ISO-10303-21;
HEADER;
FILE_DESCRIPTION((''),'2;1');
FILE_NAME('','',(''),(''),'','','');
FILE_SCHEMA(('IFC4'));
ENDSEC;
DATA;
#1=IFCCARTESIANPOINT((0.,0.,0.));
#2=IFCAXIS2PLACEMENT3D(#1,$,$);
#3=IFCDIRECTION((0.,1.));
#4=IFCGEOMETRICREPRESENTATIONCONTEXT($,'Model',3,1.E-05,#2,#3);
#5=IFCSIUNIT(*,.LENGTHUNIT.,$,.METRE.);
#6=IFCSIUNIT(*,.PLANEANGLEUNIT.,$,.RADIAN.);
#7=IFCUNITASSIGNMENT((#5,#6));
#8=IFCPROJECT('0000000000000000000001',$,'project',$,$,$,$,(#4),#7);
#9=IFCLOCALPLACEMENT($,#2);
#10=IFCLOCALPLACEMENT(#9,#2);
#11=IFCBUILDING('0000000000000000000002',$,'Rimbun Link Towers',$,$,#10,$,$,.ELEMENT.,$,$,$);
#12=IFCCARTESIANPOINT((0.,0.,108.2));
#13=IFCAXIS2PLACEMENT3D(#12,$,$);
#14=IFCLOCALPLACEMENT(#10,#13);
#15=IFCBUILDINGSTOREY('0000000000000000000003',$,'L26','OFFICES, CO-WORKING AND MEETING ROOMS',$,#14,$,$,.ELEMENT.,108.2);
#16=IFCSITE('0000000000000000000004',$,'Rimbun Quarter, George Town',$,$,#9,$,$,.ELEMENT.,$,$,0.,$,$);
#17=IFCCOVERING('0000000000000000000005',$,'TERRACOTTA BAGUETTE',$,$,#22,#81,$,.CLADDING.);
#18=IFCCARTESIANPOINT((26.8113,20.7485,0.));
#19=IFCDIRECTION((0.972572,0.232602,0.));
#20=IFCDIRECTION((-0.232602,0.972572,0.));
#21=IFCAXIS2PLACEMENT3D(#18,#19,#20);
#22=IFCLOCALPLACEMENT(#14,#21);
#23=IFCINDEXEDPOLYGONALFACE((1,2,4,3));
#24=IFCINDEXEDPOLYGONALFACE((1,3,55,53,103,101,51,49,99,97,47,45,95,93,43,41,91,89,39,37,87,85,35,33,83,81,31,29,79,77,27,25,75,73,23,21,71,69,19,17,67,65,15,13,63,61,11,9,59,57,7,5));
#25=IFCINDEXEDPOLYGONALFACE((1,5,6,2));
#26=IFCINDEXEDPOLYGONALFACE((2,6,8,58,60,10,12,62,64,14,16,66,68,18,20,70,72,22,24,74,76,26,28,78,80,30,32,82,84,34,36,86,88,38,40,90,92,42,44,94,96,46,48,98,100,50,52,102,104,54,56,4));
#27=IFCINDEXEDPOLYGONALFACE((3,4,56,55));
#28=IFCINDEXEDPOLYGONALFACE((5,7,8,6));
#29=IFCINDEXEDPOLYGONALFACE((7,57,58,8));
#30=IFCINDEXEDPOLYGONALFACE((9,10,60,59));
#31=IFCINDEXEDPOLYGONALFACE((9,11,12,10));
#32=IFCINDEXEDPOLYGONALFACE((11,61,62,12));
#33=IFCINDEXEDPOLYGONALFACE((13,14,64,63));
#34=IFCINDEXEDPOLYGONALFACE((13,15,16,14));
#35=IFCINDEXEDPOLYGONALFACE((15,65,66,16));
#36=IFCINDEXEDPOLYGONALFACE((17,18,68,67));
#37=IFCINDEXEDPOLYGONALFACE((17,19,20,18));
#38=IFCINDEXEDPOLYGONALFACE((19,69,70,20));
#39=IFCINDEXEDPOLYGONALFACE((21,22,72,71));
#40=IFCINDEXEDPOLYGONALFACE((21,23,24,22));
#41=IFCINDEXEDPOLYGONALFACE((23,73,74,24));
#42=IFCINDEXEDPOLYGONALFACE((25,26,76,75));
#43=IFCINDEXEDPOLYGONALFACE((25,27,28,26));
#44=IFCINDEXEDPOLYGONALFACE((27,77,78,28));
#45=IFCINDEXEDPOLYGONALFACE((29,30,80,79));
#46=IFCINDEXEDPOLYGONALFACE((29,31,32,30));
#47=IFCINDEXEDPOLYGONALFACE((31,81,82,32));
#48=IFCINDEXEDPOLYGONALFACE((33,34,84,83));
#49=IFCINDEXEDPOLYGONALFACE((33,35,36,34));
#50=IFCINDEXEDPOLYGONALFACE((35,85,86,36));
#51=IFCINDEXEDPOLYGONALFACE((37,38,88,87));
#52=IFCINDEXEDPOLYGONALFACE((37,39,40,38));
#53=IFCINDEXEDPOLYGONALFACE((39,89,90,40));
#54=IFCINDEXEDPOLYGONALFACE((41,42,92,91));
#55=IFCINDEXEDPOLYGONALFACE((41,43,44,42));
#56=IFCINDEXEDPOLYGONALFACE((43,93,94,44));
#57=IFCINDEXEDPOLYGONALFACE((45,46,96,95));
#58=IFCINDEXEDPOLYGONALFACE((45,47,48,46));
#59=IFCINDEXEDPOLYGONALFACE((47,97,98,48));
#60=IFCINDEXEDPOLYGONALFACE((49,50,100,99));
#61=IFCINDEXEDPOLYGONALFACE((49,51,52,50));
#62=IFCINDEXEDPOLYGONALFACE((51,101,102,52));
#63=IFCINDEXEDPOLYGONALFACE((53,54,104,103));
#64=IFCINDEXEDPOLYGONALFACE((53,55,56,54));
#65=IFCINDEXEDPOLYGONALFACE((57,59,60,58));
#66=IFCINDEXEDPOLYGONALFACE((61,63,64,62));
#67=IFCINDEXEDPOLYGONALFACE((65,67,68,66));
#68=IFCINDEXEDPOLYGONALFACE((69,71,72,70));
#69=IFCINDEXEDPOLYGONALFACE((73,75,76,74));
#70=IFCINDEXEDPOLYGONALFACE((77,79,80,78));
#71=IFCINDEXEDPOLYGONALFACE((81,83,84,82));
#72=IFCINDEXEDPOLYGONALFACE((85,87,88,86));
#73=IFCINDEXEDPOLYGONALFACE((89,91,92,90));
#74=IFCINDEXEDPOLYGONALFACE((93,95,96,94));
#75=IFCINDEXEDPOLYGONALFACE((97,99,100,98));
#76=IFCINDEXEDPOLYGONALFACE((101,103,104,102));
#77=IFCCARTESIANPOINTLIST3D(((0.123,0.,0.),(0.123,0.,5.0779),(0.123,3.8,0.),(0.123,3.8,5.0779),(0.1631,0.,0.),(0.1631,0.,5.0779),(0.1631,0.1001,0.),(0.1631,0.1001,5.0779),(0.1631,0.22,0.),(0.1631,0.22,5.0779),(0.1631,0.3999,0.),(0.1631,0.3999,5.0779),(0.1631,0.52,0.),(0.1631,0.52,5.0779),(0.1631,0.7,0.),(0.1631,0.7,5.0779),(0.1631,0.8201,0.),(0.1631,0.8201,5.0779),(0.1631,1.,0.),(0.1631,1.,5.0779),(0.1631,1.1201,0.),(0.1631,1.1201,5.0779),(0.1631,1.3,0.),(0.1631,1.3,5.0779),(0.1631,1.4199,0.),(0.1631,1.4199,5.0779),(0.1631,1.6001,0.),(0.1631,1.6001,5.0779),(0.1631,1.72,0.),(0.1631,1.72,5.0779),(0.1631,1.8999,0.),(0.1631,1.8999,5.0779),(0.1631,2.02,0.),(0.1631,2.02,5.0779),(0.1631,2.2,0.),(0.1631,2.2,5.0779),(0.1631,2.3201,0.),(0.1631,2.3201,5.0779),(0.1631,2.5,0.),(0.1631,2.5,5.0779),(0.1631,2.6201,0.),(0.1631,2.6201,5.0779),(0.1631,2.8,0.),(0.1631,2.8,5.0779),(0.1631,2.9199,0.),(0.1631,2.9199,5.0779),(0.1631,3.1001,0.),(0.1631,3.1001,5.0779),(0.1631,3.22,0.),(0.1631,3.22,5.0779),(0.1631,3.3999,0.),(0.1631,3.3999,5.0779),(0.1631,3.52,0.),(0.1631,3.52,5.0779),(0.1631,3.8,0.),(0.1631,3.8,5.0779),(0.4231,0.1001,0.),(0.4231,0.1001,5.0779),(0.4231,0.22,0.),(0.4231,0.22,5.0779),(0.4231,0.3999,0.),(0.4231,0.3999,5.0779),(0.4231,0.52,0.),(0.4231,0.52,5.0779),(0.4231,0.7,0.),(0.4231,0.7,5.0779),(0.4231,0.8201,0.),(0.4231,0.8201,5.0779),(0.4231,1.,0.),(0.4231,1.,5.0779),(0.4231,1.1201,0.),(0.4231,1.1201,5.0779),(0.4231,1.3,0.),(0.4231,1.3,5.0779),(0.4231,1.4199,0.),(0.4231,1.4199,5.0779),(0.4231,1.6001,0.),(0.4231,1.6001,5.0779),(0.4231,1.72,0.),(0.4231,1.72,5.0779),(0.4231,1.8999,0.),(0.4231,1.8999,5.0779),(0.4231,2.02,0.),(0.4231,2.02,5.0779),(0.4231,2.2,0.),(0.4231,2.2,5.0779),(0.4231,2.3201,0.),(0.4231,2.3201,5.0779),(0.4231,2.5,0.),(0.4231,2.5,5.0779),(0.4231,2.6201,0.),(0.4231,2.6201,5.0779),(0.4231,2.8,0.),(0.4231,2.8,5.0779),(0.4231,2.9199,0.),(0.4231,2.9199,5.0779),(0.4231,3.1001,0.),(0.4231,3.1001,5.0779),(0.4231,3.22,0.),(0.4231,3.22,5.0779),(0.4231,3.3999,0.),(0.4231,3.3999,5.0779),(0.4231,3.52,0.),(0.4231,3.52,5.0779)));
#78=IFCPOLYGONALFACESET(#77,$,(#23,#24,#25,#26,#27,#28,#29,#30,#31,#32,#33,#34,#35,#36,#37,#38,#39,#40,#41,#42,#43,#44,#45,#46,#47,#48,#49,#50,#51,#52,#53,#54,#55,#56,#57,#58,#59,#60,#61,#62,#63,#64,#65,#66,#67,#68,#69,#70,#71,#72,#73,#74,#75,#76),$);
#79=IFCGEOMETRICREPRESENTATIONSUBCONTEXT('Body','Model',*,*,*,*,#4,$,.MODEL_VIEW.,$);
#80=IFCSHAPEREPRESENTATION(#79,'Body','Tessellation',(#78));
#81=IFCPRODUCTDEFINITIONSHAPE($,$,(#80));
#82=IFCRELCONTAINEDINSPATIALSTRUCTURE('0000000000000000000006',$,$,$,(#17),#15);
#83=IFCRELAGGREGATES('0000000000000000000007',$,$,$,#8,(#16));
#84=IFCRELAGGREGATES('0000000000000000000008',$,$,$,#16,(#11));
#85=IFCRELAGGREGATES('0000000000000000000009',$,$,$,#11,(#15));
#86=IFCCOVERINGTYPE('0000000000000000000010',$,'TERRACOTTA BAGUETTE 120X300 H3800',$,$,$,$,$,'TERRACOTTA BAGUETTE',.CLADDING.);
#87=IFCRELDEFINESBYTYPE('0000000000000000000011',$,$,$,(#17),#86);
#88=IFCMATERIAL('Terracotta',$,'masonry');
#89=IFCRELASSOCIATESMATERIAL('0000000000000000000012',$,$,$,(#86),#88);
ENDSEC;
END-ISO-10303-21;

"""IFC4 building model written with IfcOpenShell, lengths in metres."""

from ifc_helpers import new_model, si_unit, direction, frame, origin, place, context, subcontext, project, spatial, polyline, outline, extrude, material, material_profile, profile_set, type_object, element, save


model = new_model("IFC4")

# Units and contexts
model_context = context("Model", 3, precision=1e-05, world=origin(), true_north=direction((0.0, 1.0)))
body_context = subcontext(model_context, "Body", "Model", "MODEL_VIEW")
ifc_project = project(units=[si_unit("LENGTHUNIT", "METRE"), si_unit("PLANEANGLEUNIT", "RADIAN")], contexts=[model_context])

# Site, building, storey
site_placement = place(None, origin())
site = spatial("IfcSite", under=ifc_project, at=site_placement, Name="Rimbun Quarter, George Town", CompositionType="ELEMENT", RefElevation=0.0)
building_placement = place(site_placement, origin())
building = spatial("IfcBuilding", under=site, at=building_placement, Name="Rimbun Link Towers", CompositionType="ELEMENT")
storey_placement = place(building_placement, frame((0.0, 0.0, 108.2)))
storey = spatial("IfcBuildingStorey", under=building, at=storey_placement, Name="L26", Description="OFFICES, CO-WORKING AND MEETING ROOMS", CompositionType="ELEMENT", Elevation=108.2)

# Covering
ifc_material_1 = material(Name="Terracotta", Category="masonry")
ifc_material_profile_1 = material_profile(ifc_material_1, outline(polyline([(0.123, 0.0), (0.1631, 0.0), (0.1631, 0.1001), (0.4231, 0.1001), (0.4231, 0.22), (0.1631, 0.22), (0.1631, 0.3999), (0.4231, 0.3999), (0.4231, 0.52), (0.1631, 0.52), (0.1631, 0.7), (0.4231, 0.7), (0.4231, 0.8201), (0.1631, 0.8201), (0.1631, 1.0), (0.4231, 1.0), (0.4231, 1.1201), (0.1631, 1.1201), (0.1631, 1.3), (0.4231, 1.3), (0.4231, 1.4199), (0.1631, 1.4199), (0.1631, 1.6001), (0.4231, 1.6001), (0.4231, 1.72), (0.1631, 1.72), (0.1631, 1.8999), (0.4231, 1.8999), (0.4231, 2.02), (0.1631, 2.02), (0.1631, 2.2), (0.4231, 2.2), (0.4231, 2.3201), (0.1631, 2.3201), (0.1631, 2.5), (0.4231, 2.5), (0.4231, 2.6201), (0.1631, 2.6201), (0.1631, 2.8), (0.4231, 2.8), (0.4231, 2.9199), (0.1631, 2.9199), (0.1631, 3.1001), (0.4231, 3.1001), (0.4231, 3.22), (0.1631, 3.22), (0.1631, 3.3999), (0.4231, 3.3999), (0.4231, 3.52), (0.1631, 3.52), (0.1631, 3.8), (0.123, 3.8), (0.123, 0.0)])), Name="BAGUETTE 120X300")
ifc_profile_set_1 = profile_set([ifc_material_profile_1], Name="Terracotta")
covering_type = type_object("IfcCoveringType", Name="TERRACOTTA BAGUETTE 120X300 H3800", ElementType="TERRACOTTA BAGUETTE", PredefinedType="CLADDING", material=ifc_profile_set_1)
covering_1_placement = place(storey_placement, frame((26.8113, 20.7485, 0.0), z_axis=(0.972572, 0.232602, 0.0), x_axis=(-0.232602, 0.972572, 0.0)))
element("IfcCovering", 1, at=covering_1_placement, inside=storey, type_object=covering_type, Name="TERRACOTTA BAGUETTE", PredefinedType="CLADDING", context=body_context, shape_type="SweptSolid", body=[
    extrude(outline(polyline([(0.123, 0.0), (0.1631, 0.0), (0.1631, 0.1001), (0.4231, 0.1001), (0.4231, 0.22), (0.1631, 0.22), (0.1631, 0.3999), (0.4231, 0.3999), (0.4231, 0.52), (0.1631, 0.52), (0.1631, 0.7), (0.4231, 0.7), (0.4231, 0.8201), (0.1631, 0.8201), (0.1631, 1.0), (0.4231, 1.0), (0.4231, 1.1201), (0.1631, 1.1201), (0.1631, 1.3), (0.4231, 1.3), (0.4231, 1.4199), (0.1631, 1.4199), (0.1631, 1.6001), (0.4231, 1.6001), (0.4231, 1.72), (0.1631, 1.72), (0.1631, 1.8999), (0.4231, 1.8999), (0.4231, 2.02), (0.1631, 2.02), (0.1631, 2.2), (0.4231, 2.2), (0.4231, 2.3201), (0.1631, 2.3201), (0.1631, 2.5), (0.4231, 2.5), (0.4231, 2.6201), (0.1631, 2.6201), (0.1631, 2.8), (0.4231, 2.8), (0.4231, 2.9199), (0.1631, 2.9199), (0.1631, 3.1001), (0.4231, 3.1001), (0.4231, 3.22), (0.1631, 3.22), (0.1631, 3.3999), (0.4231, 3.3999), (0.4231, 3.52), (0.1631, 3.52), (0.1631, 3.8), (0.123, 3.8), (0.123, 0.0)])), origin(), (0.0, 0.0, 1.0), 5.0779),
])

save(model, "model.ifc")
